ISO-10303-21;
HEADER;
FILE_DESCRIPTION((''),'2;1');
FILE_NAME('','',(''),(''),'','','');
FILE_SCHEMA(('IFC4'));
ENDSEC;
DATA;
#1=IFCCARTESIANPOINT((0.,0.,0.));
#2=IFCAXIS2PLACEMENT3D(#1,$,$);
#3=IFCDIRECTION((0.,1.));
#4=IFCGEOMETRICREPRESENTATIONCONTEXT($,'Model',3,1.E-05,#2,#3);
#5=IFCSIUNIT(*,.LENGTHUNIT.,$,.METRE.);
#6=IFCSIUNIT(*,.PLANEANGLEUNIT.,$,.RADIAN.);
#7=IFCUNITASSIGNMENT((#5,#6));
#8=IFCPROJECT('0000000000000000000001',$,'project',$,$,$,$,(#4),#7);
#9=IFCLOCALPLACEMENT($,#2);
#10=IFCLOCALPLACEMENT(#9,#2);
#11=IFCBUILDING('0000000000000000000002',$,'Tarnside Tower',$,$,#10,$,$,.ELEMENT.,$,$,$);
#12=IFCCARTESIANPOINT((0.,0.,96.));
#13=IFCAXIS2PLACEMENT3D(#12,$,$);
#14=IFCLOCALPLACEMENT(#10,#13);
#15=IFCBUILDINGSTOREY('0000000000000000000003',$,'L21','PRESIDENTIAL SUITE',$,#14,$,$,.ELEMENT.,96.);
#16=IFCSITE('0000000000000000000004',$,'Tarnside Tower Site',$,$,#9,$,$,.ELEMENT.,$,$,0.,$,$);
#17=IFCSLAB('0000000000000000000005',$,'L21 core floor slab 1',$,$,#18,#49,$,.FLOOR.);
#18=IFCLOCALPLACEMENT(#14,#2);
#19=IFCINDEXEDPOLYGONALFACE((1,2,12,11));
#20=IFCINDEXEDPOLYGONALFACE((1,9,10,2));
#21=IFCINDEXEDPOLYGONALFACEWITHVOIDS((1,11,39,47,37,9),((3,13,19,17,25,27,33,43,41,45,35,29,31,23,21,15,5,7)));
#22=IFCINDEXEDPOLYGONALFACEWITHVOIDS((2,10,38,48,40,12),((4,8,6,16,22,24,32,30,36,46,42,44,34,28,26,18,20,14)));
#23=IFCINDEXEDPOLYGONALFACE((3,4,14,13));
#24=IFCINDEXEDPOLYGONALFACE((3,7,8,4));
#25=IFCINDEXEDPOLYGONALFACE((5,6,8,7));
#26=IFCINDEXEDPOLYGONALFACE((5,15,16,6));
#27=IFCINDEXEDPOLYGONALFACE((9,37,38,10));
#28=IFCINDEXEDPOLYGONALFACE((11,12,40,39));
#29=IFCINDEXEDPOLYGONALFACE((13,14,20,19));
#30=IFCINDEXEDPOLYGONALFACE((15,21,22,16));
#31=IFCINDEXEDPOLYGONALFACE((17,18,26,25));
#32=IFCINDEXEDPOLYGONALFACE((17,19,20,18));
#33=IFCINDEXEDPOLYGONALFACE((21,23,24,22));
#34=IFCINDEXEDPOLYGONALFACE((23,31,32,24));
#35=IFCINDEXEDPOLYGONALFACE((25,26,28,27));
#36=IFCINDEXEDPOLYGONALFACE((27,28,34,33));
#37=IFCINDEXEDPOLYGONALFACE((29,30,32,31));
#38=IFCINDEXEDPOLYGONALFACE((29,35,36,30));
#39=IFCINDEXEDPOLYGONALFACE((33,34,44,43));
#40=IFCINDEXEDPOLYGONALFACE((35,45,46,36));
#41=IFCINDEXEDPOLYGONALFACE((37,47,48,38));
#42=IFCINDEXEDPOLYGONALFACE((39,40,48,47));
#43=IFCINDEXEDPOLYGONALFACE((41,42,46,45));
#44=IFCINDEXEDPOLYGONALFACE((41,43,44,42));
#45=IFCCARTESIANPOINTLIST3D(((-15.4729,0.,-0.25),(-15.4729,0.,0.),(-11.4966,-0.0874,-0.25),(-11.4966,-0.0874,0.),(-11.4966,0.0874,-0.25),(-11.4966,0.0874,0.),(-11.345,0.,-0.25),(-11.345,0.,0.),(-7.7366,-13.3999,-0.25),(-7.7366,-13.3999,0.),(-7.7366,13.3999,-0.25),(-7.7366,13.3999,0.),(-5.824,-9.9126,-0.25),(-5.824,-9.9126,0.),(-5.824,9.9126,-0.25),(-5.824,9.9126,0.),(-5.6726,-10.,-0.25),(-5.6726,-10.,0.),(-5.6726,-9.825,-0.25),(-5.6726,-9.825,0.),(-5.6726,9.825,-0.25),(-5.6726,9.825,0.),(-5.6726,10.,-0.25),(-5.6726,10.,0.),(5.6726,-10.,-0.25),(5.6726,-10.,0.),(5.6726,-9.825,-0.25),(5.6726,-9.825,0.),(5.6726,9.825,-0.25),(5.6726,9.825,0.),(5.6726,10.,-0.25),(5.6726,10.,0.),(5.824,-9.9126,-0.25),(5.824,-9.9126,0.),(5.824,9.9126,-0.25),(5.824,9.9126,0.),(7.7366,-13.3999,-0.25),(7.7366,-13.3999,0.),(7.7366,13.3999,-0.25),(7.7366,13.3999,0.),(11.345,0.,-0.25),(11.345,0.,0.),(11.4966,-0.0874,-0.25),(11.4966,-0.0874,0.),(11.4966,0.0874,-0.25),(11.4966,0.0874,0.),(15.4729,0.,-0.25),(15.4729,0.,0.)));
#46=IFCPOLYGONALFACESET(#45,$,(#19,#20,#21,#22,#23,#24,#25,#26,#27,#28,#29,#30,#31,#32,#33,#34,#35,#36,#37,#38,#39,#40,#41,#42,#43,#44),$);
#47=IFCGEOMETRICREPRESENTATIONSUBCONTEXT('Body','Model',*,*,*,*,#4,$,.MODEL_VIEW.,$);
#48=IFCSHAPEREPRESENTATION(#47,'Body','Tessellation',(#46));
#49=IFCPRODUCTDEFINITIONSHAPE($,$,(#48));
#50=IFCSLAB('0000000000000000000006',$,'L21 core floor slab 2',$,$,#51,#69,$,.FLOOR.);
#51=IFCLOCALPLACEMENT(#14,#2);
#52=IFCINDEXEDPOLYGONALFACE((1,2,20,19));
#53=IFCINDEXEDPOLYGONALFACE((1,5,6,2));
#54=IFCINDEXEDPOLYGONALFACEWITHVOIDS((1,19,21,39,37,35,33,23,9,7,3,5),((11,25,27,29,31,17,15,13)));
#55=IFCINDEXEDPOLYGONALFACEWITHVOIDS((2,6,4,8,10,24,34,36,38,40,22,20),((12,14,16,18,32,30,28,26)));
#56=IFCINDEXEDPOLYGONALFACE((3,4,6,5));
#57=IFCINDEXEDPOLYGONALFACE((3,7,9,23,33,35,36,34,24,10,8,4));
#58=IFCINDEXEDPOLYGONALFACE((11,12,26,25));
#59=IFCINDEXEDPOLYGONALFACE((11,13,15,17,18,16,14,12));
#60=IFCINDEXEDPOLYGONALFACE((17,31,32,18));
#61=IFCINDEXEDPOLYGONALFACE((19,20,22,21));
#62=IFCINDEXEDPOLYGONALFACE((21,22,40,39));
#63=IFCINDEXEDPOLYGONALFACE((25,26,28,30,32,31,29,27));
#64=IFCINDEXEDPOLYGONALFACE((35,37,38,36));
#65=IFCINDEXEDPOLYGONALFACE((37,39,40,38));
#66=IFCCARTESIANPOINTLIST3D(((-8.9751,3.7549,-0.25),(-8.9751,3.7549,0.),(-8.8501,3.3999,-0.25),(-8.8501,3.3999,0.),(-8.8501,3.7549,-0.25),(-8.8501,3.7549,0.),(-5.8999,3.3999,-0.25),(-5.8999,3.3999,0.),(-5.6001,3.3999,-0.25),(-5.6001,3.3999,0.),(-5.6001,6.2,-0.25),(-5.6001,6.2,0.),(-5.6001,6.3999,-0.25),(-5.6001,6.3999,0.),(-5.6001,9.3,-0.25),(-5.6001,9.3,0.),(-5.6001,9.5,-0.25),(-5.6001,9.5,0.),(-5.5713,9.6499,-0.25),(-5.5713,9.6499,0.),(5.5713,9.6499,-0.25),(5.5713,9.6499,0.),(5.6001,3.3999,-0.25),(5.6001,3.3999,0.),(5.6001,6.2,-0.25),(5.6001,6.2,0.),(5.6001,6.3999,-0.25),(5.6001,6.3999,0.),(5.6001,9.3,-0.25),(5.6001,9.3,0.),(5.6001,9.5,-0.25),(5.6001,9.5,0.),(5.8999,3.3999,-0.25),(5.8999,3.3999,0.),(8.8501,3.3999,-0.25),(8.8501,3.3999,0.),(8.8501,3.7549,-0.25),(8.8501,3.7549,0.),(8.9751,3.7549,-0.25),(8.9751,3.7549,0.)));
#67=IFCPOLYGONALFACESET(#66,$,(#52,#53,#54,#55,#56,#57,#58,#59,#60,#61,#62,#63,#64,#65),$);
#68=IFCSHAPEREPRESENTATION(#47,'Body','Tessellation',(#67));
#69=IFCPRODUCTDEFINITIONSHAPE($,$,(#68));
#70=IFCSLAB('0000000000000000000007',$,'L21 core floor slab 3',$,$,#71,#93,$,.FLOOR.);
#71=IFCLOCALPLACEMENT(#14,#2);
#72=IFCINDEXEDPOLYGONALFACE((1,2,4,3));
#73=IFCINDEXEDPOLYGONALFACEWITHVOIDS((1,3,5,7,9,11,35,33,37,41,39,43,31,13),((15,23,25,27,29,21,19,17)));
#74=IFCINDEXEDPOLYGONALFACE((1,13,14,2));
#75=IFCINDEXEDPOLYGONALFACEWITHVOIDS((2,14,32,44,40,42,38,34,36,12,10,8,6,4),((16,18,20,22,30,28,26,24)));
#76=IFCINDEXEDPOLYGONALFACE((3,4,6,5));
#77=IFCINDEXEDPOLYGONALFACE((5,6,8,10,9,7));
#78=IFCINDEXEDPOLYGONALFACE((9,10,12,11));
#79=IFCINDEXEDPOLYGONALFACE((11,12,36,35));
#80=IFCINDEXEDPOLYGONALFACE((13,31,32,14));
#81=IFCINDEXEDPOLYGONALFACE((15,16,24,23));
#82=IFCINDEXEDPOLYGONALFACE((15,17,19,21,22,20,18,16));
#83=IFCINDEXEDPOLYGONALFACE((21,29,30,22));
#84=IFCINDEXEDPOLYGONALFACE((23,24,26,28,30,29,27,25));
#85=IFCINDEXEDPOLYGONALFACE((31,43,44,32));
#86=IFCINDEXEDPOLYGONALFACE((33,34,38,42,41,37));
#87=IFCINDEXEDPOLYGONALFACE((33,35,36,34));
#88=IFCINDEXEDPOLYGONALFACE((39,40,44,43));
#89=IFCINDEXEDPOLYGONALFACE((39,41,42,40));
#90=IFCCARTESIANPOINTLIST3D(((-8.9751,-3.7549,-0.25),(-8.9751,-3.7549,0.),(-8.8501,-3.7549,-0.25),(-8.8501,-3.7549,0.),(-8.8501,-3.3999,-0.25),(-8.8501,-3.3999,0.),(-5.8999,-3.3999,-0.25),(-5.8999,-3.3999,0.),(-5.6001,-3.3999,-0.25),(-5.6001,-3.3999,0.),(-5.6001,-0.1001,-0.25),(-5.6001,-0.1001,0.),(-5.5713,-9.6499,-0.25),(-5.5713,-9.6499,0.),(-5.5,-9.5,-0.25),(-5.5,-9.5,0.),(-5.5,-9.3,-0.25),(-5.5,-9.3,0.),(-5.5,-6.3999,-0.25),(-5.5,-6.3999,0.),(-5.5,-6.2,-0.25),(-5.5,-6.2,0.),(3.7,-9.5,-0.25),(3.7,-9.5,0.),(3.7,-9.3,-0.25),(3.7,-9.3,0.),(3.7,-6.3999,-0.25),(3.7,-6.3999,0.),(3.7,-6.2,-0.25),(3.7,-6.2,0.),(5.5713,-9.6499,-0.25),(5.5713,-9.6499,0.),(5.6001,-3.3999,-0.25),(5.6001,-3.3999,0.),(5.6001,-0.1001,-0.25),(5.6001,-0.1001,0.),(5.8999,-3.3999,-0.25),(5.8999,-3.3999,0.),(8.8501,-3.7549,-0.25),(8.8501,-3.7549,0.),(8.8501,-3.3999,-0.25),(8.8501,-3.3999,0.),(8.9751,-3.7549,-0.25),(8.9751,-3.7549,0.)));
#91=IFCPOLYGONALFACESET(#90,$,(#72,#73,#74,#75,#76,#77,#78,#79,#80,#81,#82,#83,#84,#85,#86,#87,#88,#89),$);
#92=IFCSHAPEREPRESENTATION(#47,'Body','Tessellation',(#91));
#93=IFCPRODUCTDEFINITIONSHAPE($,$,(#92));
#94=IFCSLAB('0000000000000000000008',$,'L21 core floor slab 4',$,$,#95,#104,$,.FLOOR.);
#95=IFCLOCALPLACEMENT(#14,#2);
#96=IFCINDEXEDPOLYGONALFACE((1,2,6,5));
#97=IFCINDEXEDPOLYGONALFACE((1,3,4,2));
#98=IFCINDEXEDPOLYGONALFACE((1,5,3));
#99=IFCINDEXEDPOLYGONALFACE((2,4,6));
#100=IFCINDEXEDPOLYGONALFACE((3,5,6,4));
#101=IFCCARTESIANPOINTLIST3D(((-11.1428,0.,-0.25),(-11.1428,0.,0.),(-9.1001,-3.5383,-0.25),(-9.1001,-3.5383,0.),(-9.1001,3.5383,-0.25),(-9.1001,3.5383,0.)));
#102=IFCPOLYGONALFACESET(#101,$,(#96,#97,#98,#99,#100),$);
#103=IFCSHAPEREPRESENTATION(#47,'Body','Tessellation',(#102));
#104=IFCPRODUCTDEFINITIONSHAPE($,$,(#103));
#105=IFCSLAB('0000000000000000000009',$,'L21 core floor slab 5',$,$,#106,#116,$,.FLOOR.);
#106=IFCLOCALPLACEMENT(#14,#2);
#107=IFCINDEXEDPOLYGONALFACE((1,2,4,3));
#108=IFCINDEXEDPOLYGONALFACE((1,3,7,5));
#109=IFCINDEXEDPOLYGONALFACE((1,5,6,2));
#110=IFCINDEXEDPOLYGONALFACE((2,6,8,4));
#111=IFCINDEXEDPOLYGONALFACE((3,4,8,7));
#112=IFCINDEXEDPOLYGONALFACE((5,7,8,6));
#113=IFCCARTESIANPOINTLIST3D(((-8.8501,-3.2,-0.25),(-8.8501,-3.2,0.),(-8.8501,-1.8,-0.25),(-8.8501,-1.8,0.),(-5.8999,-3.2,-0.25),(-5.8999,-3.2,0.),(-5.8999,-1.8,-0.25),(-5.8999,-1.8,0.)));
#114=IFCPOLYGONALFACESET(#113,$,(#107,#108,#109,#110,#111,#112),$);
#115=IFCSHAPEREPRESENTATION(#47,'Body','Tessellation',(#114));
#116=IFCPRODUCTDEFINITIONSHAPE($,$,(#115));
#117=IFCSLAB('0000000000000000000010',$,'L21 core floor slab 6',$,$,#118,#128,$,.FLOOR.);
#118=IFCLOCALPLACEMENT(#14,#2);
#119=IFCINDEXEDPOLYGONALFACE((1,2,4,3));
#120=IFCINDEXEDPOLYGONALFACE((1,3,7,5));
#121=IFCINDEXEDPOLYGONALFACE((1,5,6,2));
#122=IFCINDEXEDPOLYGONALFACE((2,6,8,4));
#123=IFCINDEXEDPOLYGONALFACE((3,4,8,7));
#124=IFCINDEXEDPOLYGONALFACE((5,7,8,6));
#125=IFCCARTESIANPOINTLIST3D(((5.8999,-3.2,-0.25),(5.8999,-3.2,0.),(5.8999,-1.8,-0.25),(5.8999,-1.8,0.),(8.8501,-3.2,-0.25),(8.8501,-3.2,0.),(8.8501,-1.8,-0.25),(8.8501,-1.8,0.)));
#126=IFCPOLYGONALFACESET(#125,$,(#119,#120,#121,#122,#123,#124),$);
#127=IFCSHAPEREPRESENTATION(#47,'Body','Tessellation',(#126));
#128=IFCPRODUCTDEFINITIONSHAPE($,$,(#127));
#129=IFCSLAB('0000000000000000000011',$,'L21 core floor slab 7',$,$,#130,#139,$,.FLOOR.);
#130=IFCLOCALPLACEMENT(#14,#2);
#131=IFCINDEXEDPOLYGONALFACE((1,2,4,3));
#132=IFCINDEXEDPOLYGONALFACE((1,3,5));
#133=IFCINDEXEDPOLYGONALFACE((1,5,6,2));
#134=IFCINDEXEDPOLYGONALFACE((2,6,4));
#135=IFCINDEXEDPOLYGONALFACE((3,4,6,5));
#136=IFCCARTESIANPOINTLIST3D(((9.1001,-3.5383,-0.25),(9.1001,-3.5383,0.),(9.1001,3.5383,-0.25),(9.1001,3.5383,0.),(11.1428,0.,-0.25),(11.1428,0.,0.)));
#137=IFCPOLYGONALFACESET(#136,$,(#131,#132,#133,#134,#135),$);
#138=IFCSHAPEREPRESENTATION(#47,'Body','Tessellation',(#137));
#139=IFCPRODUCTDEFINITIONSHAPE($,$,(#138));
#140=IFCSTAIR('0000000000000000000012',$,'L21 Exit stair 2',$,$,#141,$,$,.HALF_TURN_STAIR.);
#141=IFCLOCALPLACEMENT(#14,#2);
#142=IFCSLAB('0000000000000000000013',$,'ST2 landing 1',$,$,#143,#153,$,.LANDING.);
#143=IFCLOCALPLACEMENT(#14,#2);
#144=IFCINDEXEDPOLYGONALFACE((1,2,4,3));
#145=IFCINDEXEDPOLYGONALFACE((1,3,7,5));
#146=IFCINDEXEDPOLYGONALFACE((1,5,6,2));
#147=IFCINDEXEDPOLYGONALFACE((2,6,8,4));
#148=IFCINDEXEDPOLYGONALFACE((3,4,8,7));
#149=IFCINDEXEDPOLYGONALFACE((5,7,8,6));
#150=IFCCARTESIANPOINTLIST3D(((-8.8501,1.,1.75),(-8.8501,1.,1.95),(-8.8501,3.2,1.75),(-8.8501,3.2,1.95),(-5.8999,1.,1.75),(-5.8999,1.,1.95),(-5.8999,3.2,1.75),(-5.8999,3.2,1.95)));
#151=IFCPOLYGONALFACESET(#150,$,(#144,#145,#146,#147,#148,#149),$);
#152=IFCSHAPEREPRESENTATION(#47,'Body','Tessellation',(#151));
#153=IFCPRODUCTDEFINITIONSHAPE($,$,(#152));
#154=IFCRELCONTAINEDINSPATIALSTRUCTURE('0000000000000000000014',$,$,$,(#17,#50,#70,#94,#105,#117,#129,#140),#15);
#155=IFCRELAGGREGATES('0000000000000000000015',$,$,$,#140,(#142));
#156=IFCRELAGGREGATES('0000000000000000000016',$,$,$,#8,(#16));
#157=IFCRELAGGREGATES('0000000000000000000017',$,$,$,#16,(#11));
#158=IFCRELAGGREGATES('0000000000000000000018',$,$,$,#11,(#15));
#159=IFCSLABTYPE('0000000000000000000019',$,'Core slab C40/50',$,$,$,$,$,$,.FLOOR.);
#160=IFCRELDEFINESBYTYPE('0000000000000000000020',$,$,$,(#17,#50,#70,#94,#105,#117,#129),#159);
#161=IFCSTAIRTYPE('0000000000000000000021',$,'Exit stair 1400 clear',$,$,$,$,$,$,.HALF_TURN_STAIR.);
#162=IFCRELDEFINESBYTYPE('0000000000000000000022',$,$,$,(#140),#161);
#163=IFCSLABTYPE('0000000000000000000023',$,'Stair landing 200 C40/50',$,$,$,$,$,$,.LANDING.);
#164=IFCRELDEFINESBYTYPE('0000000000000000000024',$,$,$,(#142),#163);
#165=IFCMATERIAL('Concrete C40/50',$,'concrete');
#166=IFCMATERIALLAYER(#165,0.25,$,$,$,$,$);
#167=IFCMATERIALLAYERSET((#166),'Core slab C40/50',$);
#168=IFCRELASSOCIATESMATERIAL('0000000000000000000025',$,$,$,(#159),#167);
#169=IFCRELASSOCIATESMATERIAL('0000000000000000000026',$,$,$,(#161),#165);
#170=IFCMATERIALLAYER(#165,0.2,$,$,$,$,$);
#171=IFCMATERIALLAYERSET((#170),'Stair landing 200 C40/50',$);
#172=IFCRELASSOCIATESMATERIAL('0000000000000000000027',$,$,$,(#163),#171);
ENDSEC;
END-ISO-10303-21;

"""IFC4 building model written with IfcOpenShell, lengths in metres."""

from ifc_helpers import new_model, si_unit, direction, frame, origin, place, context, subcontext, project, spatial, polyline, outline, extrude, material, layer, layer_set, type_object, element, aggregate, save


model = new_model("IFC4")

# Units and contexts
model_context = context("Model", 3, precision=1e-05, world=origin(), true_north=direction((0.0, 1.0)))
body_context = subcontext(model_context, "Body", "Model", "MODEL_VIEW")
ifc_project = project(units=[si_unit("LENGTHUNIT", "METRE"), si_unit("PLANEANGLEUNIT", "RADIAN")], contexts=[model_context])

# Site, building, storey
site_placement = place(None, origin())
site = spatial("IfcSite", under=ifc_project, at=site_placement, Name="Tarnside Tower Site", CompositionType="ELEMENT", RefElevation=0.0)
building_placement = place(site_placement, origin())
building = spatial("IfcBuilding", under=site, at=building_placement, Name="Tarnside Tower", CompositionType="ELEMENT")
storey_placement = place(building_placement, frame((0.0, 0.0, 96.0)))
storey = spatial("IfcBuildingStorey", under=building, at=storey_placement, Name="L21", Description="PRESIDENTIAL SUITE", CompositionType="ELEMENT", Elevation=96.0)

# Slabs
ifc_material_1 = material(Name="Concrete C40/50", Category="concrete")
ifc_layer_1 = layer(ifc_material_1, 0.25)
ifc_layer_set_1 = layer_set([ifc_layer_1], Name="Core slab C40/50")
slab_type_1 = type_object("IfcSlabType", Name="Core slab C40/50", PredefinedType="FLOOR", material=ifc_layer_set_1)
slab_1_placement = place(storey_placement, frame((0.0, 0.0, -0.25)))
element("IfcSlab", 1, at=slab_1_placement, inside=storey, type_object=slab_type_1, Name="L21 core floor slab 1", PredefinedType="FLOOR", context=body_context, shape_type="SweptSolid", body=[
    extrude(outline(polyline([(-15.4729, 0.0), (-7.7366, 13.3999), (7.7366, 13.3999), (15.4729, 0.0), (7.7366, -13.3999), (-7.7366, -13.3999), (-15.4729, 0.0)]), holes=[polyline([(5.824, -9.9126), (11.4966, -0.0874), (11.345, 0.0), (11.4966, 0.0874), (5.824, 9.9126), (5.6726, 9.825), (5.6726, 10.0), (-5.6726, 10.0), (-5.6726, 9.825), (-5.824, 9.9126), (-11.4966, 0.0874), (-11.345, 0.0), (-11.4966, -0.0874), (-5.824, -9.9126), (-5.6726, -9.825), (-5.6726, -10.0), (5.6726, -10.0), (5.6726, -9.825), (5.824, -9.9126)])]), origin(), (0.0, 0.0, 1.0), 0.25),
])
slab_2_placement = place(storey_placement, frame((0.0, 0.0, -0.25)))
element("IfcSlab", 2, at=slab_2_placement, inside=storey, type_object=slab_type_1, Name="L21 core floor slab 2", PredefinedType="FLOOR", context=body_context, shape_type="SweptSolid", body=[
    extrude(outline(polyline([(-8.9751, 3.7549), (-5.5713, 9.6499), (5.5713, 9.6499), (8.9751, 3.7549), (8.8501, 3.7549), (8.8501, 3.3999), (5.8999, 3.3999), (5.6001, 3.3999), (5.6001, 3.3999), (-5.6001, 3.3999), (-5.8999, 3.3999), (-8.8501, 3.3999), (-8.8501, 3.7549), (-8.9751, 3.7549)]), holes=[polyline([(-5.6001, 6.2), (5.6001, 6.2), (5.6001, 6.3999), (5.6001, 9.3), (5.6001, 9.5), (-5.6001, 9.5), (-5.6001, 9.3), (-5.6001, 6.3999), (-5.6001, 6.2)])]), origin(), (0.0, 0.0, 1.0), 0.25),
])
slab_3_placement = place(storey_placement, frame((0.0, 0.0, -0.25)))
element("IfcSlab", 3, at=slab_3_placement, inside=storey, type_object=slab_type_1, Name="L21 core floor slab 3", PredefinedType="FLOOR", context=body_context, shape_type="SweptSolid", body=[
    extrude(outline(polyline([(5.6001, -3.3999), (5.8999, -3.3999), (8.8501, -3.3999), (8.8501, -3.7549), (8.9751, -3.7549), (5.5713, -9.6499), (-5.5713, -9.6499), (-8.9751, -3.7549), (-8.8501, -3.7549), (-8.8501, -3.3999), (-5.8999, -3.3999), (-5.6001, -3.3999), (-5.6001, -0.1001), (5.6001, -0.1001), (5.6001, -3.3999)]), holes=[polyline([(-5.5, -9.3), (-5.5, -9.5), (3.7, -9.5), (3.7, -9.3), (3.7, -6.3999), (3.7, -6.2), (-5.5, -6.2), (-5.5, -6.3999), (-5.5, -9.3)])]), origin(), (0.0, 0.0, 1.0), 0.25),
])
slab_4_placement = place(storey_placement, frame((0.0, 0.0, -0.25)))
element("IfcSlab", 4, at=slab_4_placement, inside=storey, type_object=slab_type_1, Name="L21 core floor slab 4", PredefinedType="FLOOR", context=body_context, shape_type="SweptSolid", body=[
    extrude(outline(polyline([(-11.1428, 0.0), (-9.1001, 3.5383), (-9.1001, -3.5383), (-11.1428, 0.0)])), origin(), (0.0, 0.0, 1.0), 0.25),
])
slab_5_placement = place(storey_placement, frame((0.0, 0.0, -0.25)))
element("IfcSlab", 5, at=slab_5_placement, inside=storey, type_object=slab_type_1, Name="L21 core floor slab 5", PredefinedType="FLOOR", context=body_context, shape_type="SweptSolid", body=[
    extrude(outline(polyline([(-8.8501, -1.8), (-5.8999, -1.8), (-5.8999, -3.2), (-8.8501, -3.2), (-8.8501, -1.8)])), origin(), (0.0, 0.0, 1.0), 0.25),
])
slab_6_placement = place(storey_placement, frame((0.0, 0.0, -0.25)))
element("IfcSlab", 6, at=slab_6_placement, inside=storey, type_object=slab_type_1, Name="L21 core floor slab 6", PredefinedType="FLOOR", context=body_context, shape_type="SweptSolid", body=[
    extrude(outline(polyline([(5.8999, -3.2), (5.8999, -1.8), (8.8501, -1.8), (8.8501, -3.2), (5.8999, -3.2)])), origin(), (0.0, 0.0, 1.0), 0.25),
])
slab_7_placement = place(storey_placement, frame((0.0, 0.0, -0.25)))
element("IfcSlab", 7, at=slab_7_placement, inside=storey, type_object=slab_type_1, Name="L21 core floor slab 7", PredefinedType="FLOOR", context=body_context, shape_type="SweptSolid", body=[
    extrude(outline(polyline([(9.1001, -3.5383), (9.1001, 3.5383), (11.1428, 0.0), (9.1001, -3.5383)])), origin(), (0.0, 0.0, 1.0), 0.25),
])

# Stair, slab
stair_type = type_object("IfcStairType", Name="Exit stair 1400 clear", PredefinedType="HALF_TURN_STAIR", material=ifc_material_1)
stair_1_placement = place(storey_placement, origin())
stair_1 = element("IfcStair", 8, at=stair_1_placement, inside=storey, type_object=stair_type, Name="L21 Exit stair 2", PredefinedType="HALF_TURN_STAIR")
ifc_layer_2 = layer(ifc_material_1, 0.2)
ifc_layer_set_2 = layer_set([ifc_layer_2], Name="Stair landing 200 C40/50")
slab_type_2 = type_object("IfcSlabType", Name="Stair landing 200 C40/50", PredefinedType="LANDING", material=ifc_layer_set_2)
slab_8_placement = place(storey_placement, frame((0.0, 0.0, 1.75)))
slab_8 = element("IfcSlab", 9, at=slab_8_placement, type_object=slab_type_2, Name="ST2 landing 1", PredefinedType="LANDING", context=body_context, shape_type="SweptSolid", body=[
    extrude(outline(polyline([(-5.8999, 1.0), (-5.8999, 3.2), (-8.8501, 3.2), (-8.8501, 1.0), (-5.8999, 1.0)])), origin(), (0.0, 0.0, 1.0), 0.2),
])
aggregate(stair_1, [slab_8])

save(model, "model.ifc")
